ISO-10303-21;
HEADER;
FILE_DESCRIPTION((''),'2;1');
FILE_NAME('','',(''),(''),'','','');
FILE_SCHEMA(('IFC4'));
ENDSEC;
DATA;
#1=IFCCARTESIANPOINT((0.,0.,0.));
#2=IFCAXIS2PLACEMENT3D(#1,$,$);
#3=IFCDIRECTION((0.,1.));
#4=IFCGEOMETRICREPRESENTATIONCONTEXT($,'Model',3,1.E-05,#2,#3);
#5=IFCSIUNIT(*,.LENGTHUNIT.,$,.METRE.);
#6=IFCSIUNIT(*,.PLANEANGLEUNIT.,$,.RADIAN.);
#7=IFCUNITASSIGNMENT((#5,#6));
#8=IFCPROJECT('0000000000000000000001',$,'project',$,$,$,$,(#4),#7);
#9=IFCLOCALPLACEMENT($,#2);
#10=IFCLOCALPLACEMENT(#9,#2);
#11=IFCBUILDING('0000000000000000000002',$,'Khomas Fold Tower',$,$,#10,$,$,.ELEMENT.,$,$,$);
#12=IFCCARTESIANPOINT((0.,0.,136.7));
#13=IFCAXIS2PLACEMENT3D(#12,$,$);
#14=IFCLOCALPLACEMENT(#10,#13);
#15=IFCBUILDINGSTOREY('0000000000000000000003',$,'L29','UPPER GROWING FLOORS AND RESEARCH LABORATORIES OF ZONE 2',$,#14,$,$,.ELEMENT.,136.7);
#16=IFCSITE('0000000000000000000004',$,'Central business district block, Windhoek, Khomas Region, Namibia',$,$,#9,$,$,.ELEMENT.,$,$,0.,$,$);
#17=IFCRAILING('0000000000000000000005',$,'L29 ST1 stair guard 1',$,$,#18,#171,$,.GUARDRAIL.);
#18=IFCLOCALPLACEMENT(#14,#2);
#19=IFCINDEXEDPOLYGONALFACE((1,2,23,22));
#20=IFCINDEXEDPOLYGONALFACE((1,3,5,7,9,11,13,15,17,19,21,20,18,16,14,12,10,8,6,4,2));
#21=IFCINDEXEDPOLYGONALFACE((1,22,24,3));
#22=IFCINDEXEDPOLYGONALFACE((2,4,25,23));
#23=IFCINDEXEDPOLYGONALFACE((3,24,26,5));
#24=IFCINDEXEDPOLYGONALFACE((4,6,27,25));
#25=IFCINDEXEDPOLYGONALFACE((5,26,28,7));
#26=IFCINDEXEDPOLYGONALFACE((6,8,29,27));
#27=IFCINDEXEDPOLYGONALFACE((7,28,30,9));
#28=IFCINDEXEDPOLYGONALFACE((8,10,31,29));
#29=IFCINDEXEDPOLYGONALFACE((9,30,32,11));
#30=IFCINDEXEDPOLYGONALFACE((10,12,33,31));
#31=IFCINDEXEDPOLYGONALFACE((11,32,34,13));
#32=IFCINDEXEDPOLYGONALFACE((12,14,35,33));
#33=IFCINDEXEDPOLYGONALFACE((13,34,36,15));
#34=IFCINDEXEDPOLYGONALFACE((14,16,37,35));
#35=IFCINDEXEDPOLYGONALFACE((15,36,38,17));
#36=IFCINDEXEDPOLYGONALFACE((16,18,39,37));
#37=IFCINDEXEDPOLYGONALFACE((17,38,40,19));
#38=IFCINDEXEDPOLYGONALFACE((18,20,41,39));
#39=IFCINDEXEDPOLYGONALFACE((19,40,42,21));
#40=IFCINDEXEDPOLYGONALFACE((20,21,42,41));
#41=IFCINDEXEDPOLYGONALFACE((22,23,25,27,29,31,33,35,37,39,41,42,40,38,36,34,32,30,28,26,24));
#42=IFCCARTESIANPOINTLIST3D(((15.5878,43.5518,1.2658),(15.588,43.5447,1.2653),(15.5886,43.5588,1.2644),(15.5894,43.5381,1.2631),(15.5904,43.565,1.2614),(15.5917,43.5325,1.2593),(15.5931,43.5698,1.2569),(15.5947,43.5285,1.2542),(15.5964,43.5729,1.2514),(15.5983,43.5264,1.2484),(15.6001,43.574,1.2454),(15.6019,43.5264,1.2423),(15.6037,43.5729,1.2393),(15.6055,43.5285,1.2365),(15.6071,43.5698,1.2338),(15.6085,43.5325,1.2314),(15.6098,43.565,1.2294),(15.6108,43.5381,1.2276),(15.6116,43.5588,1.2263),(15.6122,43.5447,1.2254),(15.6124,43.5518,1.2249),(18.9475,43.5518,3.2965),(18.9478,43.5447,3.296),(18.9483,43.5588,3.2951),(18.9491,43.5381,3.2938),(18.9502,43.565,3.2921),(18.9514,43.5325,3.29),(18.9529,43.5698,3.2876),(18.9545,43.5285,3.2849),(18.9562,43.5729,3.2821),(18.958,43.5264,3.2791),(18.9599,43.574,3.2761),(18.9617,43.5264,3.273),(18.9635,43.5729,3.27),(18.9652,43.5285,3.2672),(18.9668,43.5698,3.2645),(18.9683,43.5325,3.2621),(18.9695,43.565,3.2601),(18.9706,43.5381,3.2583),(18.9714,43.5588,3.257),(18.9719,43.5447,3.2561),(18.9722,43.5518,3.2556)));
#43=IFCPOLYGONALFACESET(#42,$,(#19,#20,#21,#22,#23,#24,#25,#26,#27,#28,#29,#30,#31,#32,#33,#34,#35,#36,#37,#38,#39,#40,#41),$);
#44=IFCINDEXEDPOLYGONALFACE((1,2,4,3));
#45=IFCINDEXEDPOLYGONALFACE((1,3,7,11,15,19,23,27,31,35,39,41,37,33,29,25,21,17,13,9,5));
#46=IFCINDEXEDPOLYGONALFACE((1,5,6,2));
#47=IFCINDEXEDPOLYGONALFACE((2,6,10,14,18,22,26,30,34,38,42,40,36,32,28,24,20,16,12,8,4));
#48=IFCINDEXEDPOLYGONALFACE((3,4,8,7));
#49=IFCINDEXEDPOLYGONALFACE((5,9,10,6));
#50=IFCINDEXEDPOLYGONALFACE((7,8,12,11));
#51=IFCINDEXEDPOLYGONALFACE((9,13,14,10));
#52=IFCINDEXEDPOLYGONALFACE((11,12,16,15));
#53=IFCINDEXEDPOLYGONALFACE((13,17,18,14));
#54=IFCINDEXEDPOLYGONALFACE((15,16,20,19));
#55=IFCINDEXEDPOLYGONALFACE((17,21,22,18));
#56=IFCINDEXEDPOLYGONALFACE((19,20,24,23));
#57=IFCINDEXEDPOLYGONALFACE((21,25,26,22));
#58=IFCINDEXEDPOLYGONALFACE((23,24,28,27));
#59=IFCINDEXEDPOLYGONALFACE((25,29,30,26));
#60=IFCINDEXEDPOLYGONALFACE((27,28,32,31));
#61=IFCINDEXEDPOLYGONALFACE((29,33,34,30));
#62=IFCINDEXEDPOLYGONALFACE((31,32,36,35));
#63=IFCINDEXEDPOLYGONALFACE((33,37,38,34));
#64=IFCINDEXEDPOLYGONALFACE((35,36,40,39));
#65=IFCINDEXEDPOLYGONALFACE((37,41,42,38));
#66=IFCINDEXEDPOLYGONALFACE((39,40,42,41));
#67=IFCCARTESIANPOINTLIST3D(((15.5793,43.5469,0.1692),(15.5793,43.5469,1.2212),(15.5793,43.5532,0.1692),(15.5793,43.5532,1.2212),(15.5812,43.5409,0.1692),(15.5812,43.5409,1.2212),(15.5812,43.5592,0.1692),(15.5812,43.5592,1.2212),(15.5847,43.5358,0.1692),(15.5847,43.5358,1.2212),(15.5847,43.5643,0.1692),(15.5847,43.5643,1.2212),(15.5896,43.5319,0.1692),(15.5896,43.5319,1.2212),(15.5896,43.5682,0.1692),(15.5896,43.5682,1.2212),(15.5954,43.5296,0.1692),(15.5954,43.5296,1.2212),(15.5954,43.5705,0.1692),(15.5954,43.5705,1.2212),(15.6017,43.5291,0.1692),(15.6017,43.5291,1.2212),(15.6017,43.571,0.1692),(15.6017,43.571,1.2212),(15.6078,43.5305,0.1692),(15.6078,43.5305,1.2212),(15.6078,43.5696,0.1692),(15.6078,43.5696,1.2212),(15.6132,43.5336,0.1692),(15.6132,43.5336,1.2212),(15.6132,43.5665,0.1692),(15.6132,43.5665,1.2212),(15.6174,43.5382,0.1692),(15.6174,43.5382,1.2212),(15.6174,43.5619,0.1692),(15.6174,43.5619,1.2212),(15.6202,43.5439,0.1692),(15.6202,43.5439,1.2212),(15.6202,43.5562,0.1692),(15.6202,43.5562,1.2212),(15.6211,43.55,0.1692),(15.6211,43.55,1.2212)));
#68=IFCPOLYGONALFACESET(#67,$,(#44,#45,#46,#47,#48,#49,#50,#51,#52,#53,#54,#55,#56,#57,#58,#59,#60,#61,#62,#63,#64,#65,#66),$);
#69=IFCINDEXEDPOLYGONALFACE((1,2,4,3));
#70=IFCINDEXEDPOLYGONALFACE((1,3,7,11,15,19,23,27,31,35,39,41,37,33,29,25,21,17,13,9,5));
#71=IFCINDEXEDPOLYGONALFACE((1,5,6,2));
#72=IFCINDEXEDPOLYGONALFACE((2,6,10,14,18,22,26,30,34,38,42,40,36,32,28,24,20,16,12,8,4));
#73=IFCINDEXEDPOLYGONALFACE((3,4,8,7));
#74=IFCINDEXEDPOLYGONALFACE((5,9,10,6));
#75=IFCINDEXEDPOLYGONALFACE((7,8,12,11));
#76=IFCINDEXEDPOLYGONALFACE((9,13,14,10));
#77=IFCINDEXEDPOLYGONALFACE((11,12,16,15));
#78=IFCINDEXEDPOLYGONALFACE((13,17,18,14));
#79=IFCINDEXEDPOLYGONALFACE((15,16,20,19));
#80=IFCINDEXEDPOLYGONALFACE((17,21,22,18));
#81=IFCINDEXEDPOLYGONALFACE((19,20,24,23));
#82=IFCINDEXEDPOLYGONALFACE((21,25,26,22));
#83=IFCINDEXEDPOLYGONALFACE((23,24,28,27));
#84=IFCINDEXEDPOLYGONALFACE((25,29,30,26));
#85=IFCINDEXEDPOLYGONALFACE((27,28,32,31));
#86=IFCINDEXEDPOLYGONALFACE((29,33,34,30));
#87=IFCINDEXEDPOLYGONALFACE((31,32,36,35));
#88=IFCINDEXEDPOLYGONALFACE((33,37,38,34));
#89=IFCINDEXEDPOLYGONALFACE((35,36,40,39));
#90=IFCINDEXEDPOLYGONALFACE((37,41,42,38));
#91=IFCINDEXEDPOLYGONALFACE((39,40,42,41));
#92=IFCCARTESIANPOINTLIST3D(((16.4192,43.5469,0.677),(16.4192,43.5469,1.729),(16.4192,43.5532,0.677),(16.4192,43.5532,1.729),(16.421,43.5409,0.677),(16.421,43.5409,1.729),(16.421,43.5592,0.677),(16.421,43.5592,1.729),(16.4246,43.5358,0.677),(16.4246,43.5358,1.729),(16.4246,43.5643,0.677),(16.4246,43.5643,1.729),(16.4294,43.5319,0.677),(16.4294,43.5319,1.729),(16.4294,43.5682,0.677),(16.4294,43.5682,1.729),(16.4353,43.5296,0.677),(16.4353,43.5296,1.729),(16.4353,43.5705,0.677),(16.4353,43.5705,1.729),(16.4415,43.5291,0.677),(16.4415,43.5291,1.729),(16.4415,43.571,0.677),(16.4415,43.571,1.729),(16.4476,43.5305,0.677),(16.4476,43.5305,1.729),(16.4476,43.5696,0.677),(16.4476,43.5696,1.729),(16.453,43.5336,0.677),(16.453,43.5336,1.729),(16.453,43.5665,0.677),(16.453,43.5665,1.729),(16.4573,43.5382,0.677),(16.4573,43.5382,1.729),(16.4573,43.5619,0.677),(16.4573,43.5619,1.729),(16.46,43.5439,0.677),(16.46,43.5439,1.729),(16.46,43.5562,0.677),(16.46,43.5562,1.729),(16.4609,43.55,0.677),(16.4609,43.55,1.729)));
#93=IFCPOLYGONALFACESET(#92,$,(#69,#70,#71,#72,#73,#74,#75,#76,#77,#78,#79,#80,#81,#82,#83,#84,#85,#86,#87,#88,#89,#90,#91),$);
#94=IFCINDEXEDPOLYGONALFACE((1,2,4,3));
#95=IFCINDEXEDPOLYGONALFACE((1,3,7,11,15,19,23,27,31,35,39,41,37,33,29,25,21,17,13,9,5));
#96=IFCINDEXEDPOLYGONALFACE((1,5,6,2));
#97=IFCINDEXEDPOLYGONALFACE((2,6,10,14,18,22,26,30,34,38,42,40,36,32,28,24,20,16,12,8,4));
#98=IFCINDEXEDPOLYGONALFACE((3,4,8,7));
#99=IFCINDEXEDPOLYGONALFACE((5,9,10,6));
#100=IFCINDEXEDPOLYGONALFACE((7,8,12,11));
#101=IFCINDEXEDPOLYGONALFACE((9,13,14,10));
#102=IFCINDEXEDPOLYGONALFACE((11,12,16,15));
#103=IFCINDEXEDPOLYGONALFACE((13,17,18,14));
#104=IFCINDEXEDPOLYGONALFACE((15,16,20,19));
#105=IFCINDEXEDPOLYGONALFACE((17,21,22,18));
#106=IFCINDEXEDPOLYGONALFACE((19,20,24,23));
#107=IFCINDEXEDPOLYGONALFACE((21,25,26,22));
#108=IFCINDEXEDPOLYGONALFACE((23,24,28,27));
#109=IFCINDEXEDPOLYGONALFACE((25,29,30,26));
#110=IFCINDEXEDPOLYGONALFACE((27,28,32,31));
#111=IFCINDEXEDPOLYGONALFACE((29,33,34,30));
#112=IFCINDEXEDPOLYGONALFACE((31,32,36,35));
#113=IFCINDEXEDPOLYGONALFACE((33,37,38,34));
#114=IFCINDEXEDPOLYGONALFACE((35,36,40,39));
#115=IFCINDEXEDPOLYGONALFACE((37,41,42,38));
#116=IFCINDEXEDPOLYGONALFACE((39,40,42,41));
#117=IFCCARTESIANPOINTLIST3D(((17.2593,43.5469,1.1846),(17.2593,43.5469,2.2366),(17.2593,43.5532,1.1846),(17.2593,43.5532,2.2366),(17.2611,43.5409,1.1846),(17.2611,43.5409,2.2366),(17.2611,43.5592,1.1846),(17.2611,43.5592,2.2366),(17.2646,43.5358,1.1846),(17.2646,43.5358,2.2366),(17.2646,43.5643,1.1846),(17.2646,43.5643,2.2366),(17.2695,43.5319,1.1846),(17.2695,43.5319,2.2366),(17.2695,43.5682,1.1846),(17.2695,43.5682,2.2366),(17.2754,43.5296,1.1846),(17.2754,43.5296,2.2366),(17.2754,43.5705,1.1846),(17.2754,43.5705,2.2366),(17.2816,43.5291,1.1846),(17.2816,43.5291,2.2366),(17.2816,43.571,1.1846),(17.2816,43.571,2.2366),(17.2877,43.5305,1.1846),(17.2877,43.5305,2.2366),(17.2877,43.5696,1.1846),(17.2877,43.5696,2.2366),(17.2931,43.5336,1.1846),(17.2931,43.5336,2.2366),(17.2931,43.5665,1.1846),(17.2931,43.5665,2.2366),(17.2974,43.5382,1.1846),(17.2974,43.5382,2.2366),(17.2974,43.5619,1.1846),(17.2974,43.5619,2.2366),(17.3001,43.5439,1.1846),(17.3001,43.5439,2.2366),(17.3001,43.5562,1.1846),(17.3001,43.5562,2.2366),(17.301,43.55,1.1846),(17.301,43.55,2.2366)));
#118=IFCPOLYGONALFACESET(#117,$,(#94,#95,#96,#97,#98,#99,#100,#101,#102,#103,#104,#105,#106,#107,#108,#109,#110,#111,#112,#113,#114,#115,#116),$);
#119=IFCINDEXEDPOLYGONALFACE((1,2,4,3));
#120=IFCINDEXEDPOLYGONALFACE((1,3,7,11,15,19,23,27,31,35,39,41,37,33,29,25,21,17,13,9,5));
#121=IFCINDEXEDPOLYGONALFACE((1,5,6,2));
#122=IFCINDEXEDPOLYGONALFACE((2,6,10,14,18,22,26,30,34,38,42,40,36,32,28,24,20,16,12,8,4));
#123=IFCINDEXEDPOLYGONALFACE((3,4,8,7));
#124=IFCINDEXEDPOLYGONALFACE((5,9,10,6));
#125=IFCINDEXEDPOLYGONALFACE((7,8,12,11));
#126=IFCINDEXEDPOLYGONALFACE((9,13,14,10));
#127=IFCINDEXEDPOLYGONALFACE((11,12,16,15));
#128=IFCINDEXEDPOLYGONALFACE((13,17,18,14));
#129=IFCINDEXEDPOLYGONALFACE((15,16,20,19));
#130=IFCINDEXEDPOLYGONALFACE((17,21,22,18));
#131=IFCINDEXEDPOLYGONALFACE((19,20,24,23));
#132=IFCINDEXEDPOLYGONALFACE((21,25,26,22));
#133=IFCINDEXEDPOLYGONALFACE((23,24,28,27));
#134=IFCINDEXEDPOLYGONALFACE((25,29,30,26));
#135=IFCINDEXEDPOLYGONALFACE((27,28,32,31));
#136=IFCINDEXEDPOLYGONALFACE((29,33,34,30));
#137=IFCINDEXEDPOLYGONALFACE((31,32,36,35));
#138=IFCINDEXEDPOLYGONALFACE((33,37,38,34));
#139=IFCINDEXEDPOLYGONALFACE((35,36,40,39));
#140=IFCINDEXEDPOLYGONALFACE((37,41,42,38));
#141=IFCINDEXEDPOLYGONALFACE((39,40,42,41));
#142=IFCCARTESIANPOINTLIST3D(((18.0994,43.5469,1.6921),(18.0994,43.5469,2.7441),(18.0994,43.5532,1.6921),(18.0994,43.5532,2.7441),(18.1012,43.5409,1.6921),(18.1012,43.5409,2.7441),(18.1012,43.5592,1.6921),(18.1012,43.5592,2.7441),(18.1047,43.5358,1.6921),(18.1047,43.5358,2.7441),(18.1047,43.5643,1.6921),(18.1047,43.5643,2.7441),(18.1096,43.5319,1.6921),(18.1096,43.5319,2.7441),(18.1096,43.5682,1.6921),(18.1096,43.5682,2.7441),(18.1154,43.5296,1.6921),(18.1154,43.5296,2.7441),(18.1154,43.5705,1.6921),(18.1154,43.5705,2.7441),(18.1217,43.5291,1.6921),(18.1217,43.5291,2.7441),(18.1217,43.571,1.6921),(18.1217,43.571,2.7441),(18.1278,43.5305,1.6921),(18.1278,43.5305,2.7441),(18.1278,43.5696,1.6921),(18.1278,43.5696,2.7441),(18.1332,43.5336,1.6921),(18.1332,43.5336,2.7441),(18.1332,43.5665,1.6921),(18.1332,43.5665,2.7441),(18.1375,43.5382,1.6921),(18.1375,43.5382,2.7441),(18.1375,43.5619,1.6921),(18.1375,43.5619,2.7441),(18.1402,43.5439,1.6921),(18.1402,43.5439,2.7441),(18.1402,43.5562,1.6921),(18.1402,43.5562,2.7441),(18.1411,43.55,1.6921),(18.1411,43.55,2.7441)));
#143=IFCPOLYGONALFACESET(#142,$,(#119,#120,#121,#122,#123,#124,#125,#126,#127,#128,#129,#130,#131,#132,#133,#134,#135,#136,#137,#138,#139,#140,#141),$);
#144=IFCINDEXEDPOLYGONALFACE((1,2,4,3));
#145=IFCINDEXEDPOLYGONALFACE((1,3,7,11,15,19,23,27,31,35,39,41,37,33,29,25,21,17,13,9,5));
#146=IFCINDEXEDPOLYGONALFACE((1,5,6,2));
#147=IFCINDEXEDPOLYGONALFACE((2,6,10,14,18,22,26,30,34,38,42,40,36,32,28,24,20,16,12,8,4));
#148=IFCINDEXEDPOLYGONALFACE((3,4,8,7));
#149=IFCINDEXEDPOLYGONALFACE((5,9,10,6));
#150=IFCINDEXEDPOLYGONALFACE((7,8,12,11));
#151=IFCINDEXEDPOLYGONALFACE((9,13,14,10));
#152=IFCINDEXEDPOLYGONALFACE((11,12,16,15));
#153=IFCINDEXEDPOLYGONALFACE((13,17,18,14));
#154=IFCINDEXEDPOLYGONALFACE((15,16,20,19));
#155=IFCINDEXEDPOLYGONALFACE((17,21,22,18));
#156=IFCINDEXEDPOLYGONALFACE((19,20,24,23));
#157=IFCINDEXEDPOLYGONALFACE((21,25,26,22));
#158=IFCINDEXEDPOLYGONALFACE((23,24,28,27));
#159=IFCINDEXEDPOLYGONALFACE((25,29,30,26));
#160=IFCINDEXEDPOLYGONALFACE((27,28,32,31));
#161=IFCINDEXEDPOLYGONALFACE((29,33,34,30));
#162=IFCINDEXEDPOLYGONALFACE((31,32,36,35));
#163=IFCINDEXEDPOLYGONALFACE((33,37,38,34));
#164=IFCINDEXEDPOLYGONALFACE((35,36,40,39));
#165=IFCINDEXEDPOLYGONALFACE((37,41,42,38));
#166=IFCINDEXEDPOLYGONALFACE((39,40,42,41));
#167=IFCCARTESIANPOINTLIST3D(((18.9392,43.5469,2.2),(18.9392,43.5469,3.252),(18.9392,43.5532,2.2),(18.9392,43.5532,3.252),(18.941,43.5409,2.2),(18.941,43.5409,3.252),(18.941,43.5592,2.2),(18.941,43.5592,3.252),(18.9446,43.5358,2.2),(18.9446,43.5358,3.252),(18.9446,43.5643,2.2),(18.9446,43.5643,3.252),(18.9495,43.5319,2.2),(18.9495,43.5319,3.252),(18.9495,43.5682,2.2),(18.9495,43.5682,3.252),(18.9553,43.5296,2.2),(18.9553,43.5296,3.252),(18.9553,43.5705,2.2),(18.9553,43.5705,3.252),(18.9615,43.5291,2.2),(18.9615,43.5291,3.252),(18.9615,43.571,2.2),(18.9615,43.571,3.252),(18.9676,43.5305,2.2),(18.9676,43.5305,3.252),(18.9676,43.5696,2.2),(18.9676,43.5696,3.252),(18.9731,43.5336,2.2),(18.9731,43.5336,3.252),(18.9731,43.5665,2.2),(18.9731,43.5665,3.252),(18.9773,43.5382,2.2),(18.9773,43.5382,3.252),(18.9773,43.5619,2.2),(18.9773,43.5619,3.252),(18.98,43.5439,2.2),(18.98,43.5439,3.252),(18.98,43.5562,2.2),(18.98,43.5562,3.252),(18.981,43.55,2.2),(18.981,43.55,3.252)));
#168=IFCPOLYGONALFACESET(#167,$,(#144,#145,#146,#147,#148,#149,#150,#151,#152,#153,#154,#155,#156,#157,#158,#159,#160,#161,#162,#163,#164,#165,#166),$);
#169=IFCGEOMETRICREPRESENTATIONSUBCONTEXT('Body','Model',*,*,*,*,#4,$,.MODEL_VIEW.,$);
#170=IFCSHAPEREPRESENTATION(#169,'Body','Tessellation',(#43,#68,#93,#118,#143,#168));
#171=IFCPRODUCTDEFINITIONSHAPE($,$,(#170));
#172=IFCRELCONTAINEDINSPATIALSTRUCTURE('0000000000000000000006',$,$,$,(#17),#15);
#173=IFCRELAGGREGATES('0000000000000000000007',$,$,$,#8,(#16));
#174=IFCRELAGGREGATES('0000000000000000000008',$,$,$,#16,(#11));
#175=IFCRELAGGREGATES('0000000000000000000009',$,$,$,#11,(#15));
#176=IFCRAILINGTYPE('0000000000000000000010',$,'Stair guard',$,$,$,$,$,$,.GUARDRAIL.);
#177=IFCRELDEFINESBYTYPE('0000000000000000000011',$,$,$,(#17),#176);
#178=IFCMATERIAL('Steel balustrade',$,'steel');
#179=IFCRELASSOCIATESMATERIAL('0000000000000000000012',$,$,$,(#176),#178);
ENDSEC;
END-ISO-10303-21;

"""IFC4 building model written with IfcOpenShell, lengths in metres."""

from ifc_helpers import new_model, si_unit, direction, frame, origin, origin_2d, place, context, subcontext, project, spatial, circle, extrude, source, transform, mapped, material, type_object, element, save


model = new_model("IFC4")

# Units and contexts
model_context = context("Model", 3, precision=1e-05, world=origin(), true_north=direction((0.0, 1.0)))
body_context = subcontext(model_context, "Body", "Model", "MODEL_VIEW")
ifc_project = project(units=[si_unit("LENGTHUNIT", "METRE"), si_unit("PLANEANGLEUNIT", "RADIAN")], contexts=[model_context])

# Site, building, storey
site_placement = place(None, origin())
site = spatial("IfcSite", under=ifc_project, at=site_placement, Name="Central business district block, Windhoek, Khomas Region, Namibia", CompositionType="ELEMENT", RefElevation=0.0)
building_placement = place(site_placement, origin())
building = spatial("IfcBuilding", under=site, at=building_placement, Name="Khomas Fold Tower", CompositionType="ELEMENT")
storey_placement = place(building_placement, frame((0.0, 0.0, 136.7)))
storey = spatial("IfcBuildingStorey", under=building, at=storey_placement, Name="L29", Description="UPPER GROWING FLOORS AND RESEARCH LABORATORIES OF ZONE 2", CompositionType="ELEMENT", Elevation=136.7)

# Railing
ifc_material_1 = material(Name="Steel balustrade", Category="steel")
railing_type_1 = type_object("IfcRailingType", Name="Stair guard", PredefinedType="GUARDRAIL", material=ifc_material_1)
shared_shape_1 = source(origin(), body_context, "Body", "SweptSolid", [
    extrude(circle(Radius=0.0239, at=origin_2d()), frame((0.0, 0.0, 1.0762), z_axis=(0.85582, 0.0, 0.517273), x_axis=(0.0, 1.0, 0.0)), (0.0, 0.0, 1.0), 3.9258),
    extrude(circle(Radius=0.021, at=origin_2d()), origin(), (0.0, 0.0, 1.0), 1.052),
    extrude(circle(Radius=0.021, at=origin_2d()), frame((0.8398, 0.0, 0.5078)), (0.0, 0.0, 1.0), 1.052),
    extrude(circle(Radius=0.021, at=origin_2d()), frame((1.6799, 0.0, 1.0154)), (0.0, 0.0, 1.0), 1.052),
    extrude(circle(Radius=0.021, at=origin_2d()), frame((2.52, 0.0, 1.5229)), (0.0, 0.0, 1.0), 1.052),
    extrude(circle(Radius=0.021, at=origin_2d()), frame((3.3599, 0.0, 2.0308)), (0.0, 0.0, 1.0), 1.052),
])
railing_1_placement = place(storey_placement, frame((15.6001, 43.55, 0.1692)))
element("IfcRailing", 1, at=railing_1_placement, inside=storey, type_object=railing_type_1, Name="L29 ST1 stair guard 1", PredefinedType="GUARDRAIL", context=body_context, shape_type="MappedRepresentation", body=[
    mapped(shared_shape_1, transform((0.0, 0.0, 0.0))),
])

save(model, "model.ifc")
